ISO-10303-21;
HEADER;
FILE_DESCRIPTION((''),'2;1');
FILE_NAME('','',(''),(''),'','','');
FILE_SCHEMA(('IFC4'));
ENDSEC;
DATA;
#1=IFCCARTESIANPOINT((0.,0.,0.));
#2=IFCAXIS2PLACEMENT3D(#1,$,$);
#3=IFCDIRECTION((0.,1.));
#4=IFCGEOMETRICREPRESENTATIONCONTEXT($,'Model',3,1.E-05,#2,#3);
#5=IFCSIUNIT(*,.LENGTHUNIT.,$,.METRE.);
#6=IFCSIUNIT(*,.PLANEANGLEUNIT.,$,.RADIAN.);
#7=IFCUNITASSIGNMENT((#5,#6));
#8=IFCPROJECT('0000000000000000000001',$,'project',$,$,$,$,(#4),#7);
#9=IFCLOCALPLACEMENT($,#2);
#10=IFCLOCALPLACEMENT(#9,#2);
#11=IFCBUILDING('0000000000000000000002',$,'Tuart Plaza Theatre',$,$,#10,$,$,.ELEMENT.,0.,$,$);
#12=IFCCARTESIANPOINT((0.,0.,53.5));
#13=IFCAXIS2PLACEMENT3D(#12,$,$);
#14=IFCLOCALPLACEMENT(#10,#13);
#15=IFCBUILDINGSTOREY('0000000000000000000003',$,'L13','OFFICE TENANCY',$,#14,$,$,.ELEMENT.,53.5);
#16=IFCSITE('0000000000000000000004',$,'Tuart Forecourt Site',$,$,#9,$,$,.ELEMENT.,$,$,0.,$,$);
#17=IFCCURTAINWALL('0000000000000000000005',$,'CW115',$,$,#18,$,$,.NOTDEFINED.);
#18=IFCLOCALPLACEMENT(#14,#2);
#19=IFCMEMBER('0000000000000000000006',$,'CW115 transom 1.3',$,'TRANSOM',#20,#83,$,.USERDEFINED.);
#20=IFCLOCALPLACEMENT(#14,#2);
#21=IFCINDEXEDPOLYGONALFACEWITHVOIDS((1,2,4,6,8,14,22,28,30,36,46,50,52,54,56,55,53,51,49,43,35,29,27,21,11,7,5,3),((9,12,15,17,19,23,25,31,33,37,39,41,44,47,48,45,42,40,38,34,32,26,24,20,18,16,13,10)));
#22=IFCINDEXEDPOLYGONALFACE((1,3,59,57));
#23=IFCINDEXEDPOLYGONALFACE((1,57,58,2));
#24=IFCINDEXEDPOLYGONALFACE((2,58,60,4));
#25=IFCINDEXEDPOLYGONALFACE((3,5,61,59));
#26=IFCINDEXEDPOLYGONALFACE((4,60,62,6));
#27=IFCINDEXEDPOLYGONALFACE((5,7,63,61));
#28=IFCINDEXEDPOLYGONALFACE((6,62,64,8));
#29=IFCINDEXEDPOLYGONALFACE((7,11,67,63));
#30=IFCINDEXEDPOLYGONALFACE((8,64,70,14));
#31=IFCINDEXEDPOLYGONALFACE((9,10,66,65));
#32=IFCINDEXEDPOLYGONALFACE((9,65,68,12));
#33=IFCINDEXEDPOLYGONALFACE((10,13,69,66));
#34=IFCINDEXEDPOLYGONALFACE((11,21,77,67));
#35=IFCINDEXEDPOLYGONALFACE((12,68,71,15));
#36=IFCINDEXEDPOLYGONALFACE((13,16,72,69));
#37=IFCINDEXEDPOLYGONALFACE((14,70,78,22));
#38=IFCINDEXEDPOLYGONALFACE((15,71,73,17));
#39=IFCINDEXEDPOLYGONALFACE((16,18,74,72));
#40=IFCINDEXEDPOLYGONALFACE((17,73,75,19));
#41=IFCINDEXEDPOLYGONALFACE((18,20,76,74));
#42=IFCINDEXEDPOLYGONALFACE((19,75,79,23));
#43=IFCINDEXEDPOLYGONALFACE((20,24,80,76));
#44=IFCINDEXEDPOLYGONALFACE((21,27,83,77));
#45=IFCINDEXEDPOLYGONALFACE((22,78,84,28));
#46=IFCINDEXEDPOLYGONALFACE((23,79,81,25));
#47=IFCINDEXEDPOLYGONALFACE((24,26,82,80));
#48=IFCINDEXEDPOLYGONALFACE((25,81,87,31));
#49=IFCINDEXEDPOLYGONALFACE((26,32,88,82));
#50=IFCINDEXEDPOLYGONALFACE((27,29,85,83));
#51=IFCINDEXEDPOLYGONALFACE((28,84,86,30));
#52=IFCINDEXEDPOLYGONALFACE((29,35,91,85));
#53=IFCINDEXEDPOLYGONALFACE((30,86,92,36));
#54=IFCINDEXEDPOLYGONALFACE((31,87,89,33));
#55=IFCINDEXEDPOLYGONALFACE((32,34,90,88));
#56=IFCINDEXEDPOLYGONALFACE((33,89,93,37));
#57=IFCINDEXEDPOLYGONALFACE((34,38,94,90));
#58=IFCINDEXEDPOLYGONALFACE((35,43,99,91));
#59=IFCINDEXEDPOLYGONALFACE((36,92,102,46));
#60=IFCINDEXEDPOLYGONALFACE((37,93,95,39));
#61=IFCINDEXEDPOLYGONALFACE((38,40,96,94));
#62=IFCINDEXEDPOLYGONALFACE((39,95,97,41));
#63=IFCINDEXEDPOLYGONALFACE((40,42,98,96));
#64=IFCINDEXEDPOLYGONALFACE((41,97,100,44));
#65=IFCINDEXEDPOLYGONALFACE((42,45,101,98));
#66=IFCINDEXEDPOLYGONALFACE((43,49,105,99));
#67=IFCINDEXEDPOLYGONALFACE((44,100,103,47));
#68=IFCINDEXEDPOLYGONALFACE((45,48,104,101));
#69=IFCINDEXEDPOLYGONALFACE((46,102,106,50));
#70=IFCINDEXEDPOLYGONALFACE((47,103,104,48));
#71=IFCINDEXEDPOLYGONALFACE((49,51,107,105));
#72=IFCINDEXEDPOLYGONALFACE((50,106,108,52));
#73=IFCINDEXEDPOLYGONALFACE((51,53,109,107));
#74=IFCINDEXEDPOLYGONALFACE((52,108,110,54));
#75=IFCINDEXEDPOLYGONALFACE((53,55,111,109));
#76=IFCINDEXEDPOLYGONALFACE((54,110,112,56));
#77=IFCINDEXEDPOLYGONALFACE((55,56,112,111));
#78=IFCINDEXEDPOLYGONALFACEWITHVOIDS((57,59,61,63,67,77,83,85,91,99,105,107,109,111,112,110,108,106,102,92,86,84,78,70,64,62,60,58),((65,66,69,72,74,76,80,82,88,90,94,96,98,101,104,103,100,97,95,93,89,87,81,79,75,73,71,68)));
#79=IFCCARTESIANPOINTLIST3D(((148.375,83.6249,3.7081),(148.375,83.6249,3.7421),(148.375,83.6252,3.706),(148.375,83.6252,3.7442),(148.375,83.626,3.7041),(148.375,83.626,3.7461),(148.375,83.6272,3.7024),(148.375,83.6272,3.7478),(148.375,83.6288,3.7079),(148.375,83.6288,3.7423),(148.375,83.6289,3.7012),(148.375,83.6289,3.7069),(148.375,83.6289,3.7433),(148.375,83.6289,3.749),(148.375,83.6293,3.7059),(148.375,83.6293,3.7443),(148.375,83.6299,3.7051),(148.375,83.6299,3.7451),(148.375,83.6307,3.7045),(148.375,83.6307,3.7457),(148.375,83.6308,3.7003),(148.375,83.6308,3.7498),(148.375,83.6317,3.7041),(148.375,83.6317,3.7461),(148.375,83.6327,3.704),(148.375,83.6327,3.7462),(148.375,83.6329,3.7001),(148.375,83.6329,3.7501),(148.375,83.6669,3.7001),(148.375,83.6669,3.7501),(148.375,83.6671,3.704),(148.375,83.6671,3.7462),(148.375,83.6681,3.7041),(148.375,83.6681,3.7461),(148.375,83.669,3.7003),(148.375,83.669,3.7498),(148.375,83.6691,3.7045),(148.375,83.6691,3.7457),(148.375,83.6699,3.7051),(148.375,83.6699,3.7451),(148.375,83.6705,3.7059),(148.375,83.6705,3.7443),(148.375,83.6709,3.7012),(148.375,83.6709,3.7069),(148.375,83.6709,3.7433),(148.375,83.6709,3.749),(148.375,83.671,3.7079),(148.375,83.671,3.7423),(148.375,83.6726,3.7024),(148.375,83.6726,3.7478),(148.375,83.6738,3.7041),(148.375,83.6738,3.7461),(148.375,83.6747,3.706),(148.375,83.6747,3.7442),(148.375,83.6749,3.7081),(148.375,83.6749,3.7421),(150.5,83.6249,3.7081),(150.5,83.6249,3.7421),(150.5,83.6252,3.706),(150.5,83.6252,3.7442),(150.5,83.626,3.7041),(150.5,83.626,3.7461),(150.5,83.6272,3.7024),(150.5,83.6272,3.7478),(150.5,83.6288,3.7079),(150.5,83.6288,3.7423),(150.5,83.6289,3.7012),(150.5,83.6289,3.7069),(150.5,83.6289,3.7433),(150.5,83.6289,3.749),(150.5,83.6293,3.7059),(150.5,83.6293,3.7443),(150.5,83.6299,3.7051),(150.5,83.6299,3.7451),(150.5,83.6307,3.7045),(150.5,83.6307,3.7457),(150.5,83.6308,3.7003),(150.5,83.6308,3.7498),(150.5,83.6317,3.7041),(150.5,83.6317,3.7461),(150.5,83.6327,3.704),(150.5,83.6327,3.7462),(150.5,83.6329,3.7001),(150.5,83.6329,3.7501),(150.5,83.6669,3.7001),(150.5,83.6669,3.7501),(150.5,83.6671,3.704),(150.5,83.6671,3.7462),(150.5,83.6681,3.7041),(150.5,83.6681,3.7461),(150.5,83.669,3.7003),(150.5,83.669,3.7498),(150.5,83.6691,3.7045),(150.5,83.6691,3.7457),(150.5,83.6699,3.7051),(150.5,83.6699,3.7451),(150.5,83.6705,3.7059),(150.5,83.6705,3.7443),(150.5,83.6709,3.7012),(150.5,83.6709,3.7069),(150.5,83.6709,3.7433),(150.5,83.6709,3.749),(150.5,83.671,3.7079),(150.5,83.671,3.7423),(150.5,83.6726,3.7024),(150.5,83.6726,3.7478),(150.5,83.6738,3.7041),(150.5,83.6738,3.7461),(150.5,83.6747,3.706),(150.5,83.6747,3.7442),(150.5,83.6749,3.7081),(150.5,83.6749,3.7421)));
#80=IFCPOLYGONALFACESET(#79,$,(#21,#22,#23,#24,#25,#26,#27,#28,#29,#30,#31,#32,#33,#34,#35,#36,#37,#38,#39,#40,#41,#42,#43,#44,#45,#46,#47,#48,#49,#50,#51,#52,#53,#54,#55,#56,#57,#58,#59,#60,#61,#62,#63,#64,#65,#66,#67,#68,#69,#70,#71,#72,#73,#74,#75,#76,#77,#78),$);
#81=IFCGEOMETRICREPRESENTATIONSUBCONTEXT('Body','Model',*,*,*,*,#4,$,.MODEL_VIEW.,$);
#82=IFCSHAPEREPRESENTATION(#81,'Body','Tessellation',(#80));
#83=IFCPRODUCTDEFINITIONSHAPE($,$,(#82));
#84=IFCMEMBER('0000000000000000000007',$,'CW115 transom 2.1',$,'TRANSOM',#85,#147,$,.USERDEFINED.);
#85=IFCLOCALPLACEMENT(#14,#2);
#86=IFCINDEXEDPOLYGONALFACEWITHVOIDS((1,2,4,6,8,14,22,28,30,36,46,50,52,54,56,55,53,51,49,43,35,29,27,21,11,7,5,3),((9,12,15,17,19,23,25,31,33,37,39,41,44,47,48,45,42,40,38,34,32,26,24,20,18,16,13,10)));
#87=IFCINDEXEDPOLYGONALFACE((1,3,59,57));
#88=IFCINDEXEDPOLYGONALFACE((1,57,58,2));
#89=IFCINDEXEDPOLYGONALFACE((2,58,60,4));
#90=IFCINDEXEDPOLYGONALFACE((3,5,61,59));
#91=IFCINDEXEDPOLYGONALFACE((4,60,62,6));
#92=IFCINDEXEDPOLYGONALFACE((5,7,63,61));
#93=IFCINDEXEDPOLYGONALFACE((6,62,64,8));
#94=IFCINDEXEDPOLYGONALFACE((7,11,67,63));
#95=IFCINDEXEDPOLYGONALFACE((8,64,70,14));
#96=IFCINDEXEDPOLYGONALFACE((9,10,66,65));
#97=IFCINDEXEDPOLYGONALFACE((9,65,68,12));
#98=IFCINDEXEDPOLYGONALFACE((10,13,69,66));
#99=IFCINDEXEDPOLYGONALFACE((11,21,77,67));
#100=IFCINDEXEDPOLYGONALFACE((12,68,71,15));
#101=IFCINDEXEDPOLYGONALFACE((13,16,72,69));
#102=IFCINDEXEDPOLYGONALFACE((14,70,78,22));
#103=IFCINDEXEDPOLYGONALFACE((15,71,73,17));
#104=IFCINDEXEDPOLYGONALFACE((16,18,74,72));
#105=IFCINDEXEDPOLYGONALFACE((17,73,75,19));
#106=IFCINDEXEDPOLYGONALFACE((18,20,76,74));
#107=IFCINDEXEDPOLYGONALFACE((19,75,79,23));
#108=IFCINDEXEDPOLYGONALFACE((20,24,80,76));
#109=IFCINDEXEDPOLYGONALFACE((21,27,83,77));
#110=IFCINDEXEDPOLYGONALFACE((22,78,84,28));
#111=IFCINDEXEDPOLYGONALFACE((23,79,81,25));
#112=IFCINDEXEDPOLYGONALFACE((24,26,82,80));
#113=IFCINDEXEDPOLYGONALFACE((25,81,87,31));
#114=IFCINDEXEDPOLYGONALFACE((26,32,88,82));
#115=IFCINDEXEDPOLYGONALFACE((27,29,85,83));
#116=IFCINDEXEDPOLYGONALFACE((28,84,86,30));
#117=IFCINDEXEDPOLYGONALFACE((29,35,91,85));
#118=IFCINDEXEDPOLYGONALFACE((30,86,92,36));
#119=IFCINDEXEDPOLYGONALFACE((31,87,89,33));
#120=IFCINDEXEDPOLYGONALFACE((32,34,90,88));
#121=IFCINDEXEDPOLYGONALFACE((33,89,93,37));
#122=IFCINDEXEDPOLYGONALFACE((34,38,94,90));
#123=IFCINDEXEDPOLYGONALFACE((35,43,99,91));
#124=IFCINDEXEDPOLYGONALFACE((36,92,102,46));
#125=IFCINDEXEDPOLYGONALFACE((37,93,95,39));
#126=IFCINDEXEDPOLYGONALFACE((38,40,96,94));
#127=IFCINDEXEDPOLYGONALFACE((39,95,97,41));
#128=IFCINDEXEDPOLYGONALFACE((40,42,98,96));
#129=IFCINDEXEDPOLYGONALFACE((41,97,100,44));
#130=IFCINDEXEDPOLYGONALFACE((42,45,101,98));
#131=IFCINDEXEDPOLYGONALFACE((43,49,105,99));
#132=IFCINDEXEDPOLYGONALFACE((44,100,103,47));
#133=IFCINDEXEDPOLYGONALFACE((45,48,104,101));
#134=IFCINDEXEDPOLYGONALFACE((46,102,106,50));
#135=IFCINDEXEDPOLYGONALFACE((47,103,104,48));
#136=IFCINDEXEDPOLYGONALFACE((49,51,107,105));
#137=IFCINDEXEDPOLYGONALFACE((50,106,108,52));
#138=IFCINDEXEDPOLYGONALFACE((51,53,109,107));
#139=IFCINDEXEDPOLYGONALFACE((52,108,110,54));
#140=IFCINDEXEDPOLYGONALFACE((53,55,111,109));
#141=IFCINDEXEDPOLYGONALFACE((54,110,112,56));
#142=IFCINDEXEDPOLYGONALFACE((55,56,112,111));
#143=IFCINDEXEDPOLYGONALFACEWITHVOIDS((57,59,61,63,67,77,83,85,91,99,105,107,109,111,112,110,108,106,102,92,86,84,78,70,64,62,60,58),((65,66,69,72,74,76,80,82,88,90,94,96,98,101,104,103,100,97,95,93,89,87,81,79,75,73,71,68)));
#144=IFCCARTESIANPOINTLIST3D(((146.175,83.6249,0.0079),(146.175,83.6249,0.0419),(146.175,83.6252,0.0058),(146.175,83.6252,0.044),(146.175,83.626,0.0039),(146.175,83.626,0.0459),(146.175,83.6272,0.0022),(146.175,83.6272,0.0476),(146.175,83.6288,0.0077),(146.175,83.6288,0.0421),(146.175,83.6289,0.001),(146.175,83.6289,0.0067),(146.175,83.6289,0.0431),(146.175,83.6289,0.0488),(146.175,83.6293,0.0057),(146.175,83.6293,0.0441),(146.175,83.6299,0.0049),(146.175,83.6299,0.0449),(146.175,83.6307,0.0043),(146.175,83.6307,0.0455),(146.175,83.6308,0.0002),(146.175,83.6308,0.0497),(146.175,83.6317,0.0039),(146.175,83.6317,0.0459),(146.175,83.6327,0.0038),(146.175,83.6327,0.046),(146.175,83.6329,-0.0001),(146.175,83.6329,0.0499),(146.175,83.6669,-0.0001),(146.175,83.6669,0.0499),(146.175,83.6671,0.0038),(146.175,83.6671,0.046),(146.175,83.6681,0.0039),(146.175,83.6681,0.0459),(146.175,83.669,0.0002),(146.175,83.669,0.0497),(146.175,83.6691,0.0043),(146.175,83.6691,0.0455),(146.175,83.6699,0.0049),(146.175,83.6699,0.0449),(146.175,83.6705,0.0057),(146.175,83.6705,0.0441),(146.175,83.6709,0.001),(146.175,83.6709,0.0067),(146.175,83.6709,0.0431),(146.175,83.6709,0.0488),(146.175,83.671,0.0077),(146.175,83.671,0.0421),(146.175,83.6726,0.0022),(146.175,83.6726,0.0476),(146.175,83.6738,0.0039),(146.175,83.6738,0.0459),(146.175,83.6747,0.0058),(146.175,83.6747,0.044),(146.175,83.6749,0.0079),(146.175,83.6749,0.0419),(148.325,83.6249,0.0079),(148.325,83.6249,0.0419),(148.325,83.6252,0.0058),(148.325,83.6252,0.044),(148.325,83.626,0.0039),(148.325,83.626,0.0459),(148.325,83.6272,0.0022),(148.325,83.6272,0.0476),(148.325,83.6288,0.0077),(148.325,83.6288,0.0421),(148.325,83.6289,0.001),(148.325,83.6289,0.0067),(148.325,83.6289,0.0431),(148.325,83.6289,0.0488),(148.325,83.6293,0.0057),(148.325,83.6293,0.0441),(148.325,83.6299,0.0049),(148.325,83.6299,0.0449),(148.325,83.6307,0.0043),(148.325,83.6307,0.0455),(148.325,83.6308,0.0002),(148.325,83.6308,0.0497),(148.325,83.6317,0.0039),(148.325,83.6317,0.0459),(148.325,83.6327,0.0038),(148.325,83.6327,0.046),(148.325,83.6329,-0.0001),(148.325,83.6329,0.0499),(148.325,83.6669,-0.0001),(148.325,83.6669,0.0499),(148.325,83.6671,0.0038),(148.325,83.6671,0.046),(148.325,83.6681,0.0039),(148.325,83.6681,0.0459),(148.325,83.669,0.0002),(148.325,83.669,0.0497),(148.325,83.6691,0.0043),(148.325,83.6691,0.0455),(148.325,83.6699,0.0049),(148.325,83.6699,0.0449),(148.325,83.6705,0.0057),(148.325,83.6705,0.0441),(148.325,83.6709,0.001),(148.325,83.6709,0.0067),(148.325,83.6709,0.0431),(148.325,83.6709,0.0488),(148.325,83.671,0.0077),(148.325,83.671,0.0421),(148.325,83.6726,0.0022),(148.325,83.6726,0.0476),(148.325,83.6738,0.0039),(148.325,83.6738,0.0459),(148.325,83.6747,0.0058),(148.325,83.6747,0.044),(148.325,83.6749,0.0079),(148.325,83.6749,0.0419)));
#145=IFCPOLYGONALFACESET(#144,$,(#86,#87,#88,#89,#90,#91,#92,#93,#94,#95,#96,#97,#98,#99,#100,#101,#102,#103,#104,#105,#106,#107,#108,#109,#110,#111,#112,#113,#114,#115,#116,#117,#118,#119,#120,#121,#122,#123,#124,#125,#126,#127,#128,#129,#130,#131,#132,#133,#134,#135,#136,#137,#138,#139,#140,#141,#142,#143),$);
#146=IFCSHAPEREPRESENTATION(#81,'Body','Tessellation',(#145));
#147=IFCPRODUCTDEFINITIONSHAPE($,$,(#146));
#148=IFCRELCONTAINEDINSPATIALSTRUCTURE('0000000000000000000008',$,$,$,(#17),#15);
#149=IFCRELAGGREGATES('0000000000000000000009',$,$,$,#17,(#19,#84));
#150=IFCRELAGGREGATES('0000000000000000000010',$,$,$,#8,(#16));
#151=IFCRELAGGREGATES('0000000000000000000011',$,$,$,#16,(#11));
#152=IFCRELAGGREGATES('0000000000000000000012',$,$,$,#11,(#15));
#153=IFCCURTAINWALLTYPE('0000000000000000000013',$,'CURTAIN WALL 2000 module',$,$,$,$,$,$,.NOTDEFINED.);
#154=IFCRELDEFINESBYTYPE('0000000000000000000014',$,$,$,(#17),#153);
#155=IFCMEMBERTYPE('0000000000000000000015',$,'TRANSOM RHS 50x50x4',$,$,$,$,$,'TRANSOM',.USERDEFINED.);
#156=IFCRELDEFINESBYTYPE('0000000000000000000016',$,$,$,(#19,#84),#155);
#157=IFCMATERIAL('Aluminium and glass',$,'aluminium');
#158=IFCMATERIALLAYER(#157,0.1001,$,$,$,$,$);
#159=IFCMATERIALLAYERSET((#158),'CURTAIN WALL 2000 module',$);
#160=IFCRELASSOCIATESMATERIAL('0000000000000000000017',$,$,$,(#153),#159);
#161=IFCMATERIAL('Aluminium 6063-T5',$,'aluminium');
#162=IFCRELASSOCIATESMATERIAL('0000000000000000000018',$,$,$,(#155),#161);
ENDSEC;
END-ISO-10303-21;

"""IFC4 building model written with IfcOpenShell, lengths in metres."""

from ifc_helpers import new_model, si_unit, direction, frame, origin, origin_2d, place, context, subcontext, project, spatial, hollow_rectangle, extrude, material, layer, layer_set, material_profile, profile_set, type_object, element, aggregate, save


model = new_model("IFC4")

# Units and contexts
model_context = context("Model", 3, precision=1e-05, world=origin(), true_north=direction((0.0, 1.0)))
body_context = subcontext(model_context, "Body", "Model", "MODEL_VIEW")
ifc_project = project(units=[si_unit("LENGTHUNIT", "METRE"), si_unit("PLANEANGLEUNIT", "RADIAN")], contexts=[model_context])

# Site, building, storey
site_placement = place(None, origin())
site = spatial("IfcSite", under=ifc_project, at=site_placement, Name="Tuart Forecourt Site", CompositionType="ELEMENT", RefElevation=0.0)
building_placement = place(site_placement, origin())
building = spatial("IfcBuilding", under=site, at=building_placement, Name="Tuart Plaza Theatre", CompositionType="ELEMENT", ElevationOfRefHeight=0.0)
storey_placement = place(building_placement, frame((0.0, 0.0, 53.5)))
storey = spatial("IfcBuildingStorey", under=building, at=storey_placement, Name="L13", Description="OFFICE TENANCY", CompositionType="ELEMENT", Elevation=53.5)

# Curtain wall
ifc_material_1 = material(Name="Aluminium and glass", Category="aluminium")
ifc_layer_1 = layer(ifc_material_1, 0.1001)
ifc_layer_set_1 = layer_set([ifc_layer_1], Name="CURTAIN WALL 2000 module")
curtain_wall_type = type_object("IfcCurtainWallType", Name="CURTAIN WALL 2000 module", PredefinedType="NOTDEFINED", material=ifc_layer_set_1)
curtain_wall_1_placement = place(storey_placement, origin())
curtain_wall_1 = element("IfcCurtainWall", 1, at=curtain_wall_1_placement, inside=storey, type_object=curtain_wall_type, Name="CW115", PredefinedType="NOTDEFINED")

# Members
ifc_material_2 = material(Name="Aluminium 6063-T5", Category="aluminium")
ifc_material_profile_1 = material_profile(ifc_material_2, hollow_rectangle(XDim=0.05, YDim=0.05, WallThickness=0.0039, InnerFilletRadius=0.0039, OuterFilletRadius=0.0081, at=origin_2d()), Name="RHS 50x50x4")
ifc_profile_set_1 = profile_set([ifc_material_profile_1], Name="Aluminium 6063-T5")
member_type_1 = type_object("IfcMemberType", Name="TRANSOM RHS 50x50x4", ElementType="TRANSOM", PredefinedType="USERDEFINED", material=ifc_profile_set_1)
member_1_placement = place(storey_placement, frame((150.5, 83.6499, 3.7251), z_axis=(-1.0, 0.0, 0.0), x_axis=(0.0, -1.0, 0.0)))
member_1 = element("IfcMember", 2, at=member_1_placement, type_object=member_type_1, Name="CW115 transom 1.3", ObjectType="TRANSOM", PredefinedType="USERDEFINED", context=body_context, shape_type="SweptSolid", body=[
    extrude(hollow_rectangle(XDim=0.05, YDim=0.05, WallThickness=0.0039, InnerFilletRadius=0.0039, OuterFilletRadius=0.0081, at=origin_2d()), origin(), (0.0, 0.0, 1.0), 2.125),
])
member_2_placement = place(storey_placement, frame((148.325, 83.6499, 0.0249), z_axis=(-1.0, 0.0, 0.0), x_axis=(0.0, -1.0, 0.0)))
member_2 = element("IfcMember", 3, at=member_2_placement, type_object=member_type_1, Name="CW115 transom 2.1", ObjectType="TRANSOM", PredefinedType="USERDEFINED", context=body_context, shape_type="SweptSolid", body=[
    extrude(hollow_rectangle(XDim=0.05, YDim=0.05, WallThickness=0.0039, InnerFilletRadius=0.0039, OuterFilletRadius=0.0081, at=origin_2d()), origin(), (0.0, 0.0, 1.0), 2.1499),
])

aggregate(curtain_wall_1, [member_1, member_2])

save(model, "model.ifc")
